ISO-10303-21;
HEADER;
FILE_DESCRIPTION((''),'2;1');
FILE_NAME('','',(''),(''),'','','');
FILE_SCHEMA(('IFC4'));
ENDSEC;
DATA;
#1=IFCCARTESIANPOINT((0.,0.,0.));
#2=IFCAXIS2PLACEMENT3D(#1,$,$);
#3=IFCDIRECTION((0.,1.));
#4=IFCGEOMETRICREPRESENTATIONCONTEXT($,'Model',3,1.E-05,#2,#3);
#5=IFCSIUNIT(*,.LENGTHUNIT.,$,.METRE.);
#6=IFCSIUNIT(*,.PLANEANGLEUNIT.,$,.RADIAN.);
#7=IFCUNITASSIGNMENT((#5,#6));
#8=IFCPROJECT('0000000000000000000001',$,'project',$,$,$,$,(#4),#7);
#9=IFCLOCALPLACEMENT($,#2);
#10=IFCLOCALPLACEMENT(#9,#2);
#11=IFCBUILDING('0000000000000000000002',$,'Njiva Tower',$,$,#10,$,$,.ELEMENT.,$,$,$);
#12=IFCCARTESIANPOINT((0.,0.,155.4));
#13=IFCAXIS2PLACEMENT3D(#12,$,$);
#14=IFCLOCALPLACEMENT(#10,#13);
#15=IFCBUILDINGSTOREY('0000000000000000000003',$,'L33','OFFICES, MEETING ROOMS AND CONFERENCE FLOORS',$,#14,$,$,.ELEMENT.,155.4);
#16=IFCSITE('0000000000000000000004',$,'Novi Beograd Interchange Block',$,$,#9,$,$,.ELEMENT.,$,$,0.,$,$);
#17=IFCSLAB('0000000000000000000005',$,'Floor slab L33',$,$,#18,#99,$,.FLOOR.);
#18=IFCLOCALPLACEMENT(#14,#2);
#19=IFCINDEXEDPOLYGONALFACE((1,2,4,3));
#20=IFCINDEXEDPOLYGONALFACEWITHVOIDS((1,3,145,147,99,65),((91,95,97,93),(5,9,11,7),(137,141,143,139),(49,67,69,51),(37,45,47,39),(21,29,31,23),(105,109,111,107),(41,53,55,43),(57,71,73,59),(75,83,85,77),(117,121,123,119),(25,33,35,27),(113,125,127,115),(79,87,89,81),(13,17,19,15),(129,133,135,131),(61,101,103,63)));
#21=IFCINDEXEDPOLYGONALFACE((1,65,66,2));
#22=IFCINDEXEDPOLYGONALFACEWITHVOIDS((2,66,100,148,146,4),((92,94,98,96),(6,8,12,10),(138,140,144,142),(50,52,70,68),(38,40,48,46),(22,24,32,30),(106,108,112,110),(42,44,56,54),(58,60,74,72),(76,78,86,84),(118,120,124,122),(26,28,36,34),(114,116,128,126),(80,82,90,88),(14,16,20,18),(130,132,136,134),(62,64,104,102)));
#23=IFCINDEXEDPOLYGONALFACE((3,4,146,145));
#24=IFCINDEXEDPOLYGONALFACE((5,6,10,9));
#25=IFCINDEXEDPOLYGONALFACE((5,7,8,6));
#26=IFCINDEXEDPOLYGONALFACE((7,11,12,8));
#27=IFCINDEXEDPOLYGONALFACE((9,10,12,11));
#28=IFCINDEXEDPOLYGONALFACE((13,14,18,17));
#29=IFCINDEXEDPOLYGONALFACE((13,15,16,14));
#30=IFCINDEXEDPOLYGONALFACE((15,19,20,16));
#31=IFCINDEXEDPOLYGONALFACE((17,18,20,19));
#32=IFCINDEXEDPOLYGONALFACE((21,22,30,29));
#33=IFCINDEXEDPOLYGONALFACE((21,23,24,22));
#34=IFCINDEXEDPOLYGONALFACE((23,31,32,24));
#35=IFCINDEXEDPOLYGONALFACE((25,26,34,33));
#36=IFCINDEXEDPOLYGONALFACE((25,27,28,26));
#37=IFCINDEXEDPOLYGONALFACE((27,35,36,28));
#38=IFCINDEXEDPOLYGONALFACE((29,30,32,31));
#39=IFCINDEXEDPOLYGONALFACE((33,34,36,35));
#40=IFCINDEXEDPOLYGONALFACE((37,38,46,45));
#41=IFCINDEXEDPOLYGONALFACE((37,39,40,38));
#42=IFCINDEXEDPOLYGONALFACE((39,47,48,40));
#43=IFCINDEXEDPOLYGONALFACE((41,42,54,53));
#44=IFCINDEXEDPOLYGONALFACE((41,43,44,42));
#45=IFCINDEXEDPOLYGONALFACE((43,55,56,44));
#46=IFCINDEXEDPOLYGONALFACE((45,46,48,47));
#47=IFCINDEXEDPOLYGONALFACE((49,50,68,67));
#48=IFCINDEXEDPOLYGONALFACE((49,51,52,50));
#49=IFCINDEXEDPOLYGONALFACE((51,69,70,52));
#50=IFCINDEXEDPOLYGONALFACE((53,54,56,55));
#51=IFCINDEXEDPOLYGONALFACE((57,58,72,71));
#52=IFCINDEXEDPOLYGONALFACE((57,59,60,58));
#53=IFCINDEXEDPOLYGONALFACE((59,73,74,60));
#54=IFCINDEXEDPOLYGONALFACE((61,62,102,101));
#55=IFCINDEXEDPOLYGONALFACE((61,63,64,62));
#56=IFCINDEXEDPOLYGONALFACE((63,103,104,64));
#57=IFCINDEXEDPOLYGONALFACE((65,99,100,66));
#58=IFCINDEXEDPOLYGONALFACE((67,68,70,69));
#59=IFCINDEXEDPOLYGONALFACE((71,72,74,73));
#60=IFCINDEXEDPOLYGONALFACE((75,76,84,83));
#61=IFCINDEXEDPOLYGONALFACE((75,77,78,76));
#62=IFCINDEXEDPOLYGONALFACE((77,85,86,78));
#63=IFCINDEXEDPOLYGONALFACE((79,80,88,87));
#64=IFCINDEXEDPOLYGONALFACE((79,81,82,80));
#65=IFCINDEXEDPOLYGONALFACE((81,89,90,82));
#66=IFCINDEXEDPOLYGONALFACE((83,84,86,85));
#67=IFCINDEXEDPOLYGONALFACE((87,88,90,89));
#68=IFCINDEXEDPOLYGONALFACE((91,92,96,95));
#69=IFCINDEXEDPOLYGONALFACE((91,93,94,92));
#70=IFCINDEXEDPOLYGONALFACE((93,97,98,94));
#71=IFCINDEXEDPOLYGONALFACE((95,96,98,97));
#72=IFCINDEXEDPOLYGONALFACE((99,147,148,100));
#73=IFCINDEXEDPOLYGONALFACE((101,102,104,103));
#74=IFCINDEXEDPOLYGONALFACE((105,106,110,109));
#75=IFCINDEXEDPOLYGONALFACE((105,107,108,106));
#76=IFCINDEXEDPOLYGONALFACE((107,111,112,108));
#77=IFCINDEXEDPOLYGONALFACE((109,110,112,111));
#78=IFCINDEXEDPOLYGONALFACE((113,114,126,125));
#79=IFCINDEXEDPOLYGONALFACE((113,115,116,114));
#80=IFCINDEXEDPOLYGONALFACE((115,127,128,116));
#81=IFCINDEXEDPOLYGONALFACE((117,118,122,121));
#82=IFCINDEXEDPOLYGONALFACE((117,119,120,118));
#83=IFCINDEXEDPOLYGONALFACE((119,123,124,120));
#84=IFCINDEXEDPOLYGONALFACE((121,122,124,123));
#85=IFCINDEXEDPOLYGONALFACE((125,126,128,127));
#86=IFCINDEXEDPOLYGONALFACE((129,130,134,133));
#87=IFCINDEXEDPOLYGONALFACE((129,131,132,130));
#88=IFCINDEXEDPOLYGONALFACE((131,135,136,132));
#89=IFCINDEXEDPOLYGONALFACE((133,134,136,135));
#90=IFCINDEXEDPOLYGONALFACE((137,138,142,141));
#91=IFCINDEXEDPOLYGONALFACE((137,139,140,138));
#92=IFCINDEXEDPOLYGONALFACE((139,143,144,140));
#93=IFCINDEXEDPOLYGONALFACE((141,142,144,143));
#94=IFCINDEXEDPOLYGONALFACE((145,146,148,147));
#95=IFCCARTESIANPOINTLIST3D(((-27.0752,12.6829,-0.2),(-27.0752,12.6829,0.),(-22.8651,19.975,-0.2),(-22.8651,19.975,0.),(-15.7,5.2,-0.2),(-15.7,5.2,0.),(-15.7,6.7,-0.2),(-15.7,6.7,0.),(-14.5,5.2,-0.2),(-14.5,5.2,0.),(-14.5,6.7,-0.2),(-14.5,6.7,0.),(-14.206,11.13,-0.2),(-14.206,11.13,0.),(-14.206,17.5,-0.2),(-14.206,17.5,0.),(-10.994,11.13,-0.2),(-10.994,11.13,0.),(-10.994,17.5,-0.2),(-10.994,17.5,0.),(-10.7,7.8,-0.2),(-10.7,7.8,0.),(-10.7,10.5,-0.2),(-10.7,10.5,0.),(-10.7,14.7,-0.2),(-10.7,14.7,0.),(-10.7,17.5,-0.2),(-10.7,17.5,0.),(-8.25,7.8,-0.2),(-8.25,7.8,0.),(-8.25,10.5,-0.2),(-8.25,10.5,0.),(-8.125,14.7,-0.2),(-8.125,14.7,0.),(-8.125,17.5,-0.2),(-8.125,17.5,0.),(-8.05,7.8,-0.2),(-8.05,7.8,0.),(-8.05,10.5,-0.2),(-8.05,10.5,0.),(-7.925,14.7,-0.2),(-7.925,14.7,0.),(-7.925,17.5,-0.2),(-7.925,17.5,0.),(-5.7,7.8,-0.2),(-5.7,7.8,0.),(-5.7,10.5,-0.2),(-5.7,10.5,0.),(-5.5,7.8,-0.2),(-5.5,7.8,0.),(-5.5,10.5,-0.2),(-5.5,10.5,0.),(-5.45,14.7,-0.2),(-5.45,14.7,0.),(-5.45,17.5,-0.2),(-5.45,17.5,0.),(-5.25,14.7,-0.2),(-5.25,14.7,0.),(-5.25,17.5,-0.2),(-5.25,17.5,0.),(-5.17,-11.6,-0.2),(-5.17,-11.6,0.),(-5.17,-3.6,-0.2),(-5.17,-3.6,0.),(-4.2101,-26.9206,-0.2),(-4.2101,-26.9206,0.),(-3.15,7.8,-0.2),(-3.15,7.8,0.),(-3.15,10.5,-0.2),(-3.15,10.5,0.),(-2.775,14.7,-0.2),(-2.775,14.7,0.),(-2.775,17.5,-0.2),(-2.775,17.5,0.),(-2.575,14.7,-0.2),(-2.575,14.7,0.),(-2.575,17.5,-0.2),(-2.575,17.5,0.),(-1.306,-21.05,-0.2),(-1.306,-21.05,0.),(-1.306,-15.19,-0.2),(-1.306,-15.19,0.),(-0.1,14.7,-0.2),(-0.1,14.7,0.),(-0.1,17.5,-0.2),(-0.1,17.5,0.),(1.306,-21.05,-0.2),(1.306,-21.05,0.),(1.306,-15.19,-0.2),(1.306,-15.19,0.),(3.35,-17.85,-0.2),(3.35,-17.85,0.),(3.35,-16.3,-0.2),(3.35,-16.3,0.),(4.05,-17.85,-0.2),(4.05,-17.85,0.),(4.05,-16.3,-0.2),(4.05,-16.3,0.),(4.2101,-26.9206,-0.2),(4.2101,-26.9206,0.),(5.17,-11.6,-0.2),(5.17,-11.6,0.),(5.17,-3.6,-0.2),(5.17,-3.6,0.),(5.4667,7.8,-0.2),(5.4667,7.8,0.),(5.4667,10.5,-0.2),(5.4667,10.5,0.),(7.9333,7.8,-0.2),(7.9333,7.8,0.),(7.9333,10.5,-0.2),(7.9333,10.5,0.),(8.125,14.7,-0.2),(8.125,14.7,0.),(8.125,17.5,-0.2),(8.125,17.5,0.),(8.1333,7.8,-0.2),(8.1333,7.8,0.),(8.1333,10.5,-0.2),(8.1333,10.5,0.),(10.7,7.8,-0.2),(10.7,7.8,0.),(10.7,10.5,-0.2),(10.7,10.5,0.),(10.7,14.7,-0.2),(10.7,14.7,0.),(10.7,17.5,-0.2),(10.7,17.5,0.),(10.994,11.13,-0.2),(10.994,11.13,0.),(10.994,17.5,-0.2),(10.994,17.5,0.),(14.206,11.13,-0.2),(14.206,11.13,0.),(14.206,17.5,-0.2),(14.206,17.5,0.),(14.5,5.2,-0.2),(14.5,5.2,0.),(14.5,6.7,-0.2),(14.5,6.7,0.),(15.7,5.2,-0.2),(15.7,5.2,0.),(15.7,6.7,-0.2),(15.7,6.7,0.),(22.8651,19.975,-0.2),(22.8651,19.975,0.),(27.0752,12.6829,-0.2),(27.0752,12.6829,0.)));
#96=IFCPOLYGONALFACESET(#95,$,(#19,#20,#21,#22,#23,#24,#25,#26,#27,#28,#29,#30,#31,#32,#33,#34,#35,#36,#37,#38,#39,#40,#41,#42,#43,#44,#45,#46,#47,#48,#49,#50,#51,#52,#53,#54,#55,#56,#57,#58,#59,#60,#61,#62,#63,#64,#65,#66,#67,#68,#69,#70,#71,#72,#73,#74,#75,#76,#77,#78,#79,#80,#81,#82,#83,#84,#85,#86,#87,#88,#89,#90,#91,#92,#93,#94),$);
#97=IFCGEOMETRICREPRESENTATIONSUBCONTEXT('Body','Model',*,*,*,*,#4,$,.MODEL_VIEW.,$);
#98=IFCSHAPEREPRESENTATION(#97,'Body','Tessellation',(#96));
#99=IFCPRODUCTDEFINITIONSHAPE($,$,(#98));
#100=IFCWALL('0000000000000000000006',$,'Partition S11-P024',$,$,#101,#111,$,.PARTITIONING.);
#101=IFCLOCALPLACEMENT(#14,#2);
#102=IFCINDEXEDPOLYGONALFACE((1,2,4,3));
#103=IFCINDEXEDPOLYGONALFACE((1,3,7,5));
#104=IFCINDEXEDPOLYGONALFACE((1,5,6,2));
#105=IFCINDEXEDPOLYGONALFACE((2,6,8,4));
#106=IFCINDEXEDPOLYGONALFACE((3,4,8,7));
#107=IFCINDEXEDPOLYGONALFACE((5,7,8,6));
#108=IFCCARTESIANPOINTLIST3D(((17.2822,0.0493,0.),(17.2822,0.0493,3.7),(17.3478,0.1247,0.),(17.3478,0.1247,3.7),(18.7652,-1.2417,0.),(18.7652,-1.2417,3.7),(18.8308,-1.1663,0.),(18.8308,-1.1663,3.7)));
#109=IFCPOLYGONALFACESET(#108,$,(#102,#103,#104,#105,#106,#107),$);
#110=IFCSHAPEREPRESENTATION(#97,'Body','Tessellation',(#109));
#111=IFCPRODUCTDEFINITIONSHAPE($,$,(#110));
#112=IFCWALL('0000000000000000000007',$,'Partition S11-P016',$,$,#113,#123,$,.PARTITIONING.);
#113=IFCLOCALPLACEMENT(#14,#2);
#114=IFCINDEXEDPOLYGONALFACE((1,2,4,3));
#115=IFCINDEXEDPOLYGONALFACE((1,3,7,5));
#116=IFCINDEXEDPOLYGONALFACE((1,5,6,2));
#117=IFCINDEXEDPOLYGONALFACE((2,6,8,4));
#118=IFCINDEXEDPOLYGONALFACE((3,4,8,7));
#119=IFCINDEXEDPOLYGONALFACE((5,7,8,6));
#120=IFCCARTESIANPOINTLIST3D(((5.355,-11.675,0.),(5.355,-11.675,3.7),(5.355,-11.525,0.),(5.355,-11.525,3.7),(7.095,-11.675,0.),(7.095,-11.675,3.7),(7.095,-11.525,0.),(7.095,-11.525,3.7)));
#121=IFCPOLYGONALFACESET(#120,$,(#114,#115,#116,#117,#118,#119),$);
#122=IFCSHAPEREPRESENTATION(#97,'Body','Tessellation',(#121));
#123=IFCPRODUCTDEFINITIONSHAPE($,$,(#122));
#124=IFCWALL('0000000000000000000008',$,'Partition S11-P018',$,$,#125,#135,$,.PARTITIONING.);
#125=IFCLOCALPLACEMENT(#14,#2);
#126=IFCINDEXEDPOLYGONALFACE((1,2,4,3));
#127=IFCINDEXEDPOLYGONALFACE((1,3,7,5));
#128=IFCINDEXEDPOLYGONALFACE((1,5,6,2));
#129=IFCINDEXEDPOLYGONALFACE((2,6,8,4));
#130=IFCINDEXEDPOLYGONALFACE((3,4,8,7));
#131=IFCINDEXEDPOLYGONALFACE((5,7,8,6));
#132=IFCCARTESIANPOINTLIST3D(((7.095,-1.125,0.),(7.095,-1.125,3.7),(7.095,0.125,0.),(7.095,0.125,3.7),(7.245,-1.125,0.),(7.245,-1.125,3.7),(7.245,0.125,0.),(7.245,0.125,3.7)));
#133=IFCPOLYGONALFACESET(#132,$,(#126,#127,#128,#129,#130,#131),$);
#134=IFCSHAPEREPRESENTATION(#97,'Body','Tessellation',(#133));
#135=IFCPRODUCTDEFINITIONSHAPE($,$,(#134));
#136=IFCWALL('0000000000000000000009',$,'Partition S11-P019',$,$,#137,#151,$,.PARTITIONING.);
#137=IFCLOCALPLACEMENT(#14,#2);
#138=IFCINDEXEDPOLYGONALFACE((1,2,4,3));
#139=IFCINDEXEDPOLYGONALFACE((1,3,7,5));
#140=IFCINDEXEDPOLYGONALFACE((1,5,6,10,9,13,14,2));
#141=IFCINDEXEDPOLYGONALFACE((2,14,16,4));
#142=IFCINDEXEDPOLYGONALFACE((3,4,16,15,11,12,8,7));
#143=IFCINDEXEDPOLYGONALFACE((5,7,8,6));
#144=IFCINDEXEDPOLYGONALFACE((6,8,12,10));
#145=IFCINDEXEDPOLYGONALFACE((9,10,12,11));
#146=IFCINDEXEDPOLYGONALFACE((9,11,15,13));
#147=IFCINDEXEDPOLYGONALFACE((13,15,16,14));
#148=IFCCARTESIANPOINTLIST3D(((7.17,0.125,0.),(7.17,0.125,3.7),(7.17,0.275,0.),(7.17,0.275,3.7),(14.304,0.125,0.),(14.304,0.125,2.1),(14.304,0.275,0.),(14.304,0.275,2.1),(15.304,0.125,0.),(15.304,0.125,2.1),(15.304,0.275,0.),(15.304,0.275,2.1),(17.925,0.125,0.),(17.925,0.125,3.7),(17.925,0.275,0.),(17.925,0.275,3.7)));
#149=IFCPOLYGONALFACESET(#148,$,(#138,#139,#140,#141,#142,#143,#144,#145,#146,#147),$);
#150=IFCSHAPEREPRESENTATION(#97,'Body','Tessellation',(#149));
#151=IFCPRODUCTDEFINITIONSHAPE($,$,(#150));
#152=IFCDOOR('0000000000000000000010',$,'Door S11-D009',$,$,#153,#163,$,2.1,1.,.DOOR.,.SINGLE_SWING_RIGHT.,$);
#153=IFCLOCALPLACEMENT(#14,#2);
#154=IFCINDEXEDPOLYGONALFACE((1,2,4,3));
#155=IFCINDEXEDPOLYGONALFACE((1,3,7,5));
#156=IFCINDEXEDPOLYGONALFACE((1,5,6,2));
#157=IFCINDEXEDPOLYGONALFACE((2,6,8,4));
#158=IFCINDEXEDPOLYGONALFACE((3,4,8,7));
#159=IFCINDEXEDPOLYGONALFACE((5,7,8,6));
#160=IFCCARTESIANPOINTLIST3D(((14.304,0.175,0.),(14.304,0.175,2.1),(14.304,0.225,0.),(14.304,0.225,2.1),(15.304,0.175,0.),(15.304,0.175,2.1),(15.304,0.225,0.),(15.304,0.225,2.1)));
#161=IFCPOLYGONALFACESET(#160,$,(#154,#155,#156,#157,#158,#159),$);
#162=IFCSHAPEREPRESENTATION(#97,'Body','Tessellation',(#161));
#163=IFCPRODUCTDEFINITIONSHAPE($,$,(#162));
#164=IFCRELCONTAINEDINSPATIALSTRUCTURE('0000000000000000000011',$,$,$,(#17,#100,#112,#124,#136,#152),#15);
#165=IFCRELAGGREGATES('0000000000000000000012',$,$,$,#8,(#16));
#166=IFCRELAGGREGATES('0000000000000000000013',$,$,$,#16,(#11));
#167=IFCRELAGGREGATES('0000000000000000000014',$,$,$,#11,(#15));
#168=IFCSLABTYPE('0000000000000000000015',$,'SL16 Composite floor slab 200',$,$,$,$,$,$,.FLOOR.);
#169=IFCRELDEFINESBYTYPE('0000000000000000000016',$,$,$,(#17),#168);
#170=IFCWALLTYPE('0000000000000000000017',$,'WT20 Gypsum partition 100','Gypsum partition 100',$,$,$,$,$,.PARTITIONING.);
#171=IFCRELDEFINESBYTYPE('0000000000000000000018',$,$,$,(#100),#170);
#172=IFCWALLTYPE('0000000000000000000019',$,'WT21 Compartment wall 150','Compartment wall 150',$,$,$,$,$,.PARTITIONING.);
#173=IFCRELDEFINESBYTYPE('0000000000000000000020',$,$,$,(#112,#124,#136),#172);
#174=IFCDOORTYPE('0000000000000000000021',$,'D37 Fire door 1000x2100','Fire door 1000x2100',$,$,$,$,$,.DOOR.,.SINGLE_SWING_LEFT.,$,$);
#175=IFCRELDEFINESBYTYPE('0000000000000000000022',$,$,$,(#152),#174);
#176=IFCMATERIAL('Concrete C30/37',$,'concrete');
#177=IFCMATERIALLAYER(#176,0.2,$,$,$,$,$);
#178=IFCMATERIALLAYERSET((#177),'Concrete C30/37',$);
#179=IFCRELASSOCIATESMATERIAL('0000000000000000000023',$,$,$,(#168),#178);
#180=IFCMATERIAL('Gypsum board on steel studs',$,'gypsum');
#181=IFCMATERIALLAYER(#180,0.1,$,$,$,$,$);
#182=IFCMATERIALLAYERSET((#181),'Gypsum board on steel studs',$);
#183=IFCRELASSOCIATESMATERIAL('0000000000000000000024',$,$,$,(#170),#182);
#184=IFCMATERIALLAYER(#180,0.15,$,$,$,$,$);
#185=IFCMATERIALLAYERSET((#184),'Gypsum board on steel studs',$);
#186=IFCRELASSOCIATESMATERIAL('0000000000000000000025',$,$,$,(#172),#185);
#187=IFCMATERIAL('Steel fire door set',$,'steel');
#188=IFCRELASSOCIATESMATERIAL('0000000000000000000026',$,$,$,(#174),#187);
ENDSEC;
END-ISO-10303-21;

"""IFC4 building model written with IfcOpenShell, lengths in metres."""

from ifc_helpers import new_model, si_unit, direction, frame, frame_2d, origin, place, context, subcontext, project, spatial, polyline, rectangle, outline, extrude, material, layer, layer_set, type_object, element, fill, save


model = new_model("IFC4")

# Units and contexts
model_context = context("Model", 3, precision=1e-05, world=origin(), true_north=direction((0.0, 1.0)))
body_context = subcontext(model_context, "Body", "Model", "MODEL_VIEW")
ifc_project = project(units=[si_unit("LENGTHUNIT", "METRE"), si_unit("PLANEANGLEUNIT", "RADIAN")], contexts=[model_context])

# Site, building, storey
site_placement = place(None, origin())
site = spatial("IfcSite", under=ifc_project, at=site_placement, Name="Novi Beograd Interchange Block", CompositionType="ELEMENT", RefElevation=0.0)
building_placement = place(site_placement, origin())
building = spatial("IfcBuilding", under=site, at=building_placement, Name="Njiva Tower", CompositionType="ELEMENT")
storey_placement = place(building_placement, frame((0.0, 0.0, 155.4)))
storey = spatial("IfcBuildingStorey", under=building, at=storey_placement, Name="L33", Description="OFFICES, MEETING ROOMS AND CONFERENCE FLOORS", CompositionType="ELEMENT", Elevation=155.4)

# Slab
ifc_material_1 = material(Name="Concrete C30/37", Category="concrete")
ifc_layer_1 = layer(ifc_material_1, 0.2)
ifc_layer_set_1 = layer_set([ifc_layer_1], Name="Concrete C30/37")
slab_type_1 = type_object("IfcSlabType", Name="SL16 Composite floor slab 200", PredefinedType="FLOOR", material=ifc_layer_set_1)
slab_1_placement = place(storey_placement, frame((0.0, 0.0, -0.2)))
element("IfcSlab", 1, at=slab_1_placement, inside=storey, type_object=slab_type_1, Name="Floor slab L33", PredefinedType="FLOOR", context=body_context, shape_type="SweptSolid", body=[
    extrude(outline(polyline([(27.0752, 12.6829), (4.2101, -26.9206), (-4.2101, -26.9206), (-27.0752, 12.6829), (-22.8651, 19.975), (22.8651, 19.975), (27.0752, 12.6829)]), holes=[polyline([(14.5, 5.2), (15.7, 5.2), (15.7, 6.7), (14.5, 6.7), (14.5, 5.2)]), polyline([(10.994, 17.5), (10.994, 11.13), (14.206, 11.13), (14.206, 17.5), (10.994, 17.5)]), polyline([(8.125, 17.5), (8.125, 14.7), (10.7, 14.7), (10.7, 17.5), (8.125, 17.5)]), polyline([(8.1333, 7.8), (10.7, 7.8), (10.7, 10.5), (8.1333, 10.5), (8.1333, 7.8)]), polyline([(5.4667, 7.8), (7.9333, 7.8), (7.9333, 10.5), (5.4667, 10.5), (5.4667, 7.8)]), polyline([(5.17, -11.6), (5.17, -3.6), (-5.17, -3.6), (-5.17, -11.6), (5.17, -11.6)]), polyline([(3.35, -17.85), (4.05, -17.85), (4.05, -16.3), (3.35, -16.3), (3.35, -17.85)]), polyline([(-1.306, -21.05), (1.306, -21.05), (1.306, -15.19), (-1.306, -15.19), (-1.306, -21.05)]), polyline([(-2.575, 14.7), (-0.1, 14.7), (-0.1, 17.5), (-2.575, 17.5), (-2.575, 14.7)]), polyline([(-5.25, 14.7), (-2.775, 14.7), (-2.775, 17.5), (-5.25, 17.5), (-5.25, 14.7)]), polyline([(-5.5, 7.8), (-3.15, 7.8), (-3.15, 10.5), (-5.5, 10.5), (-5.5, 7.8)]), polyline([(-7.925, 14.7), (-5.45, 14.7), (-5.45, 17.5), (-7.925, 17.5), (-7.925, 14.7)]), polyline([(-8.05, 7.8), (-5.7, 7.8), (-5.7, 10.5), (-8.05, 10.5), (-8.05, 7.8)]), polyline([(-10.7, 14.7), (-8.125, 14.7), (-8.125, 17.5), (-10.7, 17.5), (-10.7, 14.7)]), polyline([(-10.7, 7.8), (-8.25, 7.8), (-8.25, 10.5), (-10.7, 10.5), (-10.7, 7.8)]), polyline([(-14.206, 11.13), (-10.994, 11.13), (-10.994, 17.5), (-14.206, 17.5), (-14.206, 11.13)]), polyline([(-15.7, 5.2), (-14.5, 5.2), (-14.5, 6.7), (-15.7, 6.7), (-15.7, 5.2)])]), origin(), (0.0, 0.0, 1.0), 0.2),
])

# Walls
ifc_material_2 = material(Name="Gypsum board on steel studs", Category="gypsum")
ifc_layer_2 = layer(ifc_material_2, 0.1)
ifc_layer_set_2 = layer_set([ifc_layer_2], Name="Gypsum board on steel studs")
wall_type_1 = type_object("IfcWallType", Name="WT20 Gypsum partition 100", Description="Gypsum partition 100", PredefinedType="PARTITIONING", material=ifc_layer_set_2)
wall_1_placement = place(storey_placement, frame((17.315, 0.087, 0.0), z_axis=(0.0, 0.0, 1.0), x_axis=(0.754244, -0.656594, 0.0)))
element("IfcWall", 2, at=wall_1_placement, inside=storey, type_object=wall_type_1, Name="Partition S11-P024", PredefinedType="PARTITIONING", context=body_context, shape_type="SweptSolid", body=[
    extrude(rectangle(XDim=1.9662, YDim=0.1, at=frame_2d((0.9831, 0.0))), origin(), (0.0, 0.0, 1.0), 3.7),
])
ifc_layer_3 = layer(ifc_material_2, 0.15)
ifc_layer_set_3 = layer_set([ifc_layer_3], Name="Gypsum board on steel studs")
wall_type_2 = type_object("IfcWallType", Name="WT21 Compartment wall 150", Description="Compartment wall 150", PredefinedType="PARTITIONING", material=ifc_layer_set_3)
wall_2_placement = place(storey_placement, frame((5.355, -11.6, 0.0), z_axis=(0.0, 0.0, 1.0), x_axis=(1.0, 0.0, 0.0)))
element("IfcWall", 3, at=wall_2_placement, inside=storey, type_object=wall_type_2, Name="Partition S11-P016", PredefinedType="PARTITIONING", context=body_context, shape_type="SweptSolid", body=[
    extrude(rectangle(XDim=1.74, YDim=0.15, at=frame_2d((0.87, 0.0))), origin(), (0.0, 0.0, 1.0), 3.7),
])
wall_3_placement = place(storey_placement, frame((7.17, -1.125, 0.0), z_axis=(0.0, 0.0, 1.0), x_axis=(0.0, 1.0, 0.0)))
element("IfcWall", 4, at=wall_3_placement, inside=storey, type_object=wall_type_2, Name="Partition S11-P018", PredefinedType="PARTITIONING", context=body_context, shape_type="SweptSolid", body=[
    extrude(rectangle(XDim=1.25, YDim=0.15, at=frame_2d((0.625, 0.0))), origin(), (0.0, 0.0, 1.0), 3.7),
])

# Wall, opening, door
wall_4_placement = place(storey_placement, frame((7.17, 0.2, 0.0), z_axis=(0.0, 0.0, 1.0), x_axis=(1.0, 0.0, 0.0)))
wall_4 = element("IfcWall", 5, at=wall_4_placement, inside=storey, type_object=wall_type_2, Name="Partition S11-P019", PredefinedType="PARTITIONING", context=body_context, shape_type="SweptSolid", body=[
    extrude(rectangle(XDim=10.755, YDim=0.15, at=frame_2d((5.3775, 0.0))), origin(), (0.0, 0.0, 1.0), 3.7),
])
opening_1_placement = place(wall_4_placement, frame((7.134, 0.0, 0.0)))
opening_1 = element("IfcOpeningElement", 6, at=opening_1_placement, cuts=wall_4, PredefinedType="OPENING", context=body_context, shape_type="SweptSolid", body=[
    extrude(rectangle(XDim=1.0, YDim=2.1, at=frame_2d((0.5, 1.05))), frame((0.0, 0.085, 0.0), z_axis=(0.0, -1.0, 0.0), x_axis=(1.0, 0.0, 0.0)), (0.0, 0.0, 1.0), 0.17),
])
ifc_material_3 = material(Name="Steel fire door set", Category="steel")
door_type = type_object("IfcDoorType", Name="D37 Fire door 1000x2100", Description="Fire door 1000x2100", OperationType="SINGLE_SWING_LEFT", PredefinedType="DOOR", material=ifc_material_3)
door_1_placement = place(opening_1_placement, origin())
door_1 = element("IfcDoor", 7, at=door_1_placement, inside=storey, type_object=door_type, Name="Door S11-D009", OperationType="SINGLE_SWING_RIGHT", OverallHeight=2.1, OverallWidth=1.0, PredefinedType="DOOR", context=body_context, shape_type="SweptSolid", body=[
    extrude(rectangle(XDim=1.0, YDim=2.1, at=frame_2d((0.5, 1.05))), frame((0.0, 0.025, 0.0), z_axis=(0.0, -1.0, 0.0), x_axis=(1.0, 0.0, 0.0)), (0.0, 0.0, 1.0), 0.05),
])
fill(opening_1, door_1)

save(model, "model.ifc")
